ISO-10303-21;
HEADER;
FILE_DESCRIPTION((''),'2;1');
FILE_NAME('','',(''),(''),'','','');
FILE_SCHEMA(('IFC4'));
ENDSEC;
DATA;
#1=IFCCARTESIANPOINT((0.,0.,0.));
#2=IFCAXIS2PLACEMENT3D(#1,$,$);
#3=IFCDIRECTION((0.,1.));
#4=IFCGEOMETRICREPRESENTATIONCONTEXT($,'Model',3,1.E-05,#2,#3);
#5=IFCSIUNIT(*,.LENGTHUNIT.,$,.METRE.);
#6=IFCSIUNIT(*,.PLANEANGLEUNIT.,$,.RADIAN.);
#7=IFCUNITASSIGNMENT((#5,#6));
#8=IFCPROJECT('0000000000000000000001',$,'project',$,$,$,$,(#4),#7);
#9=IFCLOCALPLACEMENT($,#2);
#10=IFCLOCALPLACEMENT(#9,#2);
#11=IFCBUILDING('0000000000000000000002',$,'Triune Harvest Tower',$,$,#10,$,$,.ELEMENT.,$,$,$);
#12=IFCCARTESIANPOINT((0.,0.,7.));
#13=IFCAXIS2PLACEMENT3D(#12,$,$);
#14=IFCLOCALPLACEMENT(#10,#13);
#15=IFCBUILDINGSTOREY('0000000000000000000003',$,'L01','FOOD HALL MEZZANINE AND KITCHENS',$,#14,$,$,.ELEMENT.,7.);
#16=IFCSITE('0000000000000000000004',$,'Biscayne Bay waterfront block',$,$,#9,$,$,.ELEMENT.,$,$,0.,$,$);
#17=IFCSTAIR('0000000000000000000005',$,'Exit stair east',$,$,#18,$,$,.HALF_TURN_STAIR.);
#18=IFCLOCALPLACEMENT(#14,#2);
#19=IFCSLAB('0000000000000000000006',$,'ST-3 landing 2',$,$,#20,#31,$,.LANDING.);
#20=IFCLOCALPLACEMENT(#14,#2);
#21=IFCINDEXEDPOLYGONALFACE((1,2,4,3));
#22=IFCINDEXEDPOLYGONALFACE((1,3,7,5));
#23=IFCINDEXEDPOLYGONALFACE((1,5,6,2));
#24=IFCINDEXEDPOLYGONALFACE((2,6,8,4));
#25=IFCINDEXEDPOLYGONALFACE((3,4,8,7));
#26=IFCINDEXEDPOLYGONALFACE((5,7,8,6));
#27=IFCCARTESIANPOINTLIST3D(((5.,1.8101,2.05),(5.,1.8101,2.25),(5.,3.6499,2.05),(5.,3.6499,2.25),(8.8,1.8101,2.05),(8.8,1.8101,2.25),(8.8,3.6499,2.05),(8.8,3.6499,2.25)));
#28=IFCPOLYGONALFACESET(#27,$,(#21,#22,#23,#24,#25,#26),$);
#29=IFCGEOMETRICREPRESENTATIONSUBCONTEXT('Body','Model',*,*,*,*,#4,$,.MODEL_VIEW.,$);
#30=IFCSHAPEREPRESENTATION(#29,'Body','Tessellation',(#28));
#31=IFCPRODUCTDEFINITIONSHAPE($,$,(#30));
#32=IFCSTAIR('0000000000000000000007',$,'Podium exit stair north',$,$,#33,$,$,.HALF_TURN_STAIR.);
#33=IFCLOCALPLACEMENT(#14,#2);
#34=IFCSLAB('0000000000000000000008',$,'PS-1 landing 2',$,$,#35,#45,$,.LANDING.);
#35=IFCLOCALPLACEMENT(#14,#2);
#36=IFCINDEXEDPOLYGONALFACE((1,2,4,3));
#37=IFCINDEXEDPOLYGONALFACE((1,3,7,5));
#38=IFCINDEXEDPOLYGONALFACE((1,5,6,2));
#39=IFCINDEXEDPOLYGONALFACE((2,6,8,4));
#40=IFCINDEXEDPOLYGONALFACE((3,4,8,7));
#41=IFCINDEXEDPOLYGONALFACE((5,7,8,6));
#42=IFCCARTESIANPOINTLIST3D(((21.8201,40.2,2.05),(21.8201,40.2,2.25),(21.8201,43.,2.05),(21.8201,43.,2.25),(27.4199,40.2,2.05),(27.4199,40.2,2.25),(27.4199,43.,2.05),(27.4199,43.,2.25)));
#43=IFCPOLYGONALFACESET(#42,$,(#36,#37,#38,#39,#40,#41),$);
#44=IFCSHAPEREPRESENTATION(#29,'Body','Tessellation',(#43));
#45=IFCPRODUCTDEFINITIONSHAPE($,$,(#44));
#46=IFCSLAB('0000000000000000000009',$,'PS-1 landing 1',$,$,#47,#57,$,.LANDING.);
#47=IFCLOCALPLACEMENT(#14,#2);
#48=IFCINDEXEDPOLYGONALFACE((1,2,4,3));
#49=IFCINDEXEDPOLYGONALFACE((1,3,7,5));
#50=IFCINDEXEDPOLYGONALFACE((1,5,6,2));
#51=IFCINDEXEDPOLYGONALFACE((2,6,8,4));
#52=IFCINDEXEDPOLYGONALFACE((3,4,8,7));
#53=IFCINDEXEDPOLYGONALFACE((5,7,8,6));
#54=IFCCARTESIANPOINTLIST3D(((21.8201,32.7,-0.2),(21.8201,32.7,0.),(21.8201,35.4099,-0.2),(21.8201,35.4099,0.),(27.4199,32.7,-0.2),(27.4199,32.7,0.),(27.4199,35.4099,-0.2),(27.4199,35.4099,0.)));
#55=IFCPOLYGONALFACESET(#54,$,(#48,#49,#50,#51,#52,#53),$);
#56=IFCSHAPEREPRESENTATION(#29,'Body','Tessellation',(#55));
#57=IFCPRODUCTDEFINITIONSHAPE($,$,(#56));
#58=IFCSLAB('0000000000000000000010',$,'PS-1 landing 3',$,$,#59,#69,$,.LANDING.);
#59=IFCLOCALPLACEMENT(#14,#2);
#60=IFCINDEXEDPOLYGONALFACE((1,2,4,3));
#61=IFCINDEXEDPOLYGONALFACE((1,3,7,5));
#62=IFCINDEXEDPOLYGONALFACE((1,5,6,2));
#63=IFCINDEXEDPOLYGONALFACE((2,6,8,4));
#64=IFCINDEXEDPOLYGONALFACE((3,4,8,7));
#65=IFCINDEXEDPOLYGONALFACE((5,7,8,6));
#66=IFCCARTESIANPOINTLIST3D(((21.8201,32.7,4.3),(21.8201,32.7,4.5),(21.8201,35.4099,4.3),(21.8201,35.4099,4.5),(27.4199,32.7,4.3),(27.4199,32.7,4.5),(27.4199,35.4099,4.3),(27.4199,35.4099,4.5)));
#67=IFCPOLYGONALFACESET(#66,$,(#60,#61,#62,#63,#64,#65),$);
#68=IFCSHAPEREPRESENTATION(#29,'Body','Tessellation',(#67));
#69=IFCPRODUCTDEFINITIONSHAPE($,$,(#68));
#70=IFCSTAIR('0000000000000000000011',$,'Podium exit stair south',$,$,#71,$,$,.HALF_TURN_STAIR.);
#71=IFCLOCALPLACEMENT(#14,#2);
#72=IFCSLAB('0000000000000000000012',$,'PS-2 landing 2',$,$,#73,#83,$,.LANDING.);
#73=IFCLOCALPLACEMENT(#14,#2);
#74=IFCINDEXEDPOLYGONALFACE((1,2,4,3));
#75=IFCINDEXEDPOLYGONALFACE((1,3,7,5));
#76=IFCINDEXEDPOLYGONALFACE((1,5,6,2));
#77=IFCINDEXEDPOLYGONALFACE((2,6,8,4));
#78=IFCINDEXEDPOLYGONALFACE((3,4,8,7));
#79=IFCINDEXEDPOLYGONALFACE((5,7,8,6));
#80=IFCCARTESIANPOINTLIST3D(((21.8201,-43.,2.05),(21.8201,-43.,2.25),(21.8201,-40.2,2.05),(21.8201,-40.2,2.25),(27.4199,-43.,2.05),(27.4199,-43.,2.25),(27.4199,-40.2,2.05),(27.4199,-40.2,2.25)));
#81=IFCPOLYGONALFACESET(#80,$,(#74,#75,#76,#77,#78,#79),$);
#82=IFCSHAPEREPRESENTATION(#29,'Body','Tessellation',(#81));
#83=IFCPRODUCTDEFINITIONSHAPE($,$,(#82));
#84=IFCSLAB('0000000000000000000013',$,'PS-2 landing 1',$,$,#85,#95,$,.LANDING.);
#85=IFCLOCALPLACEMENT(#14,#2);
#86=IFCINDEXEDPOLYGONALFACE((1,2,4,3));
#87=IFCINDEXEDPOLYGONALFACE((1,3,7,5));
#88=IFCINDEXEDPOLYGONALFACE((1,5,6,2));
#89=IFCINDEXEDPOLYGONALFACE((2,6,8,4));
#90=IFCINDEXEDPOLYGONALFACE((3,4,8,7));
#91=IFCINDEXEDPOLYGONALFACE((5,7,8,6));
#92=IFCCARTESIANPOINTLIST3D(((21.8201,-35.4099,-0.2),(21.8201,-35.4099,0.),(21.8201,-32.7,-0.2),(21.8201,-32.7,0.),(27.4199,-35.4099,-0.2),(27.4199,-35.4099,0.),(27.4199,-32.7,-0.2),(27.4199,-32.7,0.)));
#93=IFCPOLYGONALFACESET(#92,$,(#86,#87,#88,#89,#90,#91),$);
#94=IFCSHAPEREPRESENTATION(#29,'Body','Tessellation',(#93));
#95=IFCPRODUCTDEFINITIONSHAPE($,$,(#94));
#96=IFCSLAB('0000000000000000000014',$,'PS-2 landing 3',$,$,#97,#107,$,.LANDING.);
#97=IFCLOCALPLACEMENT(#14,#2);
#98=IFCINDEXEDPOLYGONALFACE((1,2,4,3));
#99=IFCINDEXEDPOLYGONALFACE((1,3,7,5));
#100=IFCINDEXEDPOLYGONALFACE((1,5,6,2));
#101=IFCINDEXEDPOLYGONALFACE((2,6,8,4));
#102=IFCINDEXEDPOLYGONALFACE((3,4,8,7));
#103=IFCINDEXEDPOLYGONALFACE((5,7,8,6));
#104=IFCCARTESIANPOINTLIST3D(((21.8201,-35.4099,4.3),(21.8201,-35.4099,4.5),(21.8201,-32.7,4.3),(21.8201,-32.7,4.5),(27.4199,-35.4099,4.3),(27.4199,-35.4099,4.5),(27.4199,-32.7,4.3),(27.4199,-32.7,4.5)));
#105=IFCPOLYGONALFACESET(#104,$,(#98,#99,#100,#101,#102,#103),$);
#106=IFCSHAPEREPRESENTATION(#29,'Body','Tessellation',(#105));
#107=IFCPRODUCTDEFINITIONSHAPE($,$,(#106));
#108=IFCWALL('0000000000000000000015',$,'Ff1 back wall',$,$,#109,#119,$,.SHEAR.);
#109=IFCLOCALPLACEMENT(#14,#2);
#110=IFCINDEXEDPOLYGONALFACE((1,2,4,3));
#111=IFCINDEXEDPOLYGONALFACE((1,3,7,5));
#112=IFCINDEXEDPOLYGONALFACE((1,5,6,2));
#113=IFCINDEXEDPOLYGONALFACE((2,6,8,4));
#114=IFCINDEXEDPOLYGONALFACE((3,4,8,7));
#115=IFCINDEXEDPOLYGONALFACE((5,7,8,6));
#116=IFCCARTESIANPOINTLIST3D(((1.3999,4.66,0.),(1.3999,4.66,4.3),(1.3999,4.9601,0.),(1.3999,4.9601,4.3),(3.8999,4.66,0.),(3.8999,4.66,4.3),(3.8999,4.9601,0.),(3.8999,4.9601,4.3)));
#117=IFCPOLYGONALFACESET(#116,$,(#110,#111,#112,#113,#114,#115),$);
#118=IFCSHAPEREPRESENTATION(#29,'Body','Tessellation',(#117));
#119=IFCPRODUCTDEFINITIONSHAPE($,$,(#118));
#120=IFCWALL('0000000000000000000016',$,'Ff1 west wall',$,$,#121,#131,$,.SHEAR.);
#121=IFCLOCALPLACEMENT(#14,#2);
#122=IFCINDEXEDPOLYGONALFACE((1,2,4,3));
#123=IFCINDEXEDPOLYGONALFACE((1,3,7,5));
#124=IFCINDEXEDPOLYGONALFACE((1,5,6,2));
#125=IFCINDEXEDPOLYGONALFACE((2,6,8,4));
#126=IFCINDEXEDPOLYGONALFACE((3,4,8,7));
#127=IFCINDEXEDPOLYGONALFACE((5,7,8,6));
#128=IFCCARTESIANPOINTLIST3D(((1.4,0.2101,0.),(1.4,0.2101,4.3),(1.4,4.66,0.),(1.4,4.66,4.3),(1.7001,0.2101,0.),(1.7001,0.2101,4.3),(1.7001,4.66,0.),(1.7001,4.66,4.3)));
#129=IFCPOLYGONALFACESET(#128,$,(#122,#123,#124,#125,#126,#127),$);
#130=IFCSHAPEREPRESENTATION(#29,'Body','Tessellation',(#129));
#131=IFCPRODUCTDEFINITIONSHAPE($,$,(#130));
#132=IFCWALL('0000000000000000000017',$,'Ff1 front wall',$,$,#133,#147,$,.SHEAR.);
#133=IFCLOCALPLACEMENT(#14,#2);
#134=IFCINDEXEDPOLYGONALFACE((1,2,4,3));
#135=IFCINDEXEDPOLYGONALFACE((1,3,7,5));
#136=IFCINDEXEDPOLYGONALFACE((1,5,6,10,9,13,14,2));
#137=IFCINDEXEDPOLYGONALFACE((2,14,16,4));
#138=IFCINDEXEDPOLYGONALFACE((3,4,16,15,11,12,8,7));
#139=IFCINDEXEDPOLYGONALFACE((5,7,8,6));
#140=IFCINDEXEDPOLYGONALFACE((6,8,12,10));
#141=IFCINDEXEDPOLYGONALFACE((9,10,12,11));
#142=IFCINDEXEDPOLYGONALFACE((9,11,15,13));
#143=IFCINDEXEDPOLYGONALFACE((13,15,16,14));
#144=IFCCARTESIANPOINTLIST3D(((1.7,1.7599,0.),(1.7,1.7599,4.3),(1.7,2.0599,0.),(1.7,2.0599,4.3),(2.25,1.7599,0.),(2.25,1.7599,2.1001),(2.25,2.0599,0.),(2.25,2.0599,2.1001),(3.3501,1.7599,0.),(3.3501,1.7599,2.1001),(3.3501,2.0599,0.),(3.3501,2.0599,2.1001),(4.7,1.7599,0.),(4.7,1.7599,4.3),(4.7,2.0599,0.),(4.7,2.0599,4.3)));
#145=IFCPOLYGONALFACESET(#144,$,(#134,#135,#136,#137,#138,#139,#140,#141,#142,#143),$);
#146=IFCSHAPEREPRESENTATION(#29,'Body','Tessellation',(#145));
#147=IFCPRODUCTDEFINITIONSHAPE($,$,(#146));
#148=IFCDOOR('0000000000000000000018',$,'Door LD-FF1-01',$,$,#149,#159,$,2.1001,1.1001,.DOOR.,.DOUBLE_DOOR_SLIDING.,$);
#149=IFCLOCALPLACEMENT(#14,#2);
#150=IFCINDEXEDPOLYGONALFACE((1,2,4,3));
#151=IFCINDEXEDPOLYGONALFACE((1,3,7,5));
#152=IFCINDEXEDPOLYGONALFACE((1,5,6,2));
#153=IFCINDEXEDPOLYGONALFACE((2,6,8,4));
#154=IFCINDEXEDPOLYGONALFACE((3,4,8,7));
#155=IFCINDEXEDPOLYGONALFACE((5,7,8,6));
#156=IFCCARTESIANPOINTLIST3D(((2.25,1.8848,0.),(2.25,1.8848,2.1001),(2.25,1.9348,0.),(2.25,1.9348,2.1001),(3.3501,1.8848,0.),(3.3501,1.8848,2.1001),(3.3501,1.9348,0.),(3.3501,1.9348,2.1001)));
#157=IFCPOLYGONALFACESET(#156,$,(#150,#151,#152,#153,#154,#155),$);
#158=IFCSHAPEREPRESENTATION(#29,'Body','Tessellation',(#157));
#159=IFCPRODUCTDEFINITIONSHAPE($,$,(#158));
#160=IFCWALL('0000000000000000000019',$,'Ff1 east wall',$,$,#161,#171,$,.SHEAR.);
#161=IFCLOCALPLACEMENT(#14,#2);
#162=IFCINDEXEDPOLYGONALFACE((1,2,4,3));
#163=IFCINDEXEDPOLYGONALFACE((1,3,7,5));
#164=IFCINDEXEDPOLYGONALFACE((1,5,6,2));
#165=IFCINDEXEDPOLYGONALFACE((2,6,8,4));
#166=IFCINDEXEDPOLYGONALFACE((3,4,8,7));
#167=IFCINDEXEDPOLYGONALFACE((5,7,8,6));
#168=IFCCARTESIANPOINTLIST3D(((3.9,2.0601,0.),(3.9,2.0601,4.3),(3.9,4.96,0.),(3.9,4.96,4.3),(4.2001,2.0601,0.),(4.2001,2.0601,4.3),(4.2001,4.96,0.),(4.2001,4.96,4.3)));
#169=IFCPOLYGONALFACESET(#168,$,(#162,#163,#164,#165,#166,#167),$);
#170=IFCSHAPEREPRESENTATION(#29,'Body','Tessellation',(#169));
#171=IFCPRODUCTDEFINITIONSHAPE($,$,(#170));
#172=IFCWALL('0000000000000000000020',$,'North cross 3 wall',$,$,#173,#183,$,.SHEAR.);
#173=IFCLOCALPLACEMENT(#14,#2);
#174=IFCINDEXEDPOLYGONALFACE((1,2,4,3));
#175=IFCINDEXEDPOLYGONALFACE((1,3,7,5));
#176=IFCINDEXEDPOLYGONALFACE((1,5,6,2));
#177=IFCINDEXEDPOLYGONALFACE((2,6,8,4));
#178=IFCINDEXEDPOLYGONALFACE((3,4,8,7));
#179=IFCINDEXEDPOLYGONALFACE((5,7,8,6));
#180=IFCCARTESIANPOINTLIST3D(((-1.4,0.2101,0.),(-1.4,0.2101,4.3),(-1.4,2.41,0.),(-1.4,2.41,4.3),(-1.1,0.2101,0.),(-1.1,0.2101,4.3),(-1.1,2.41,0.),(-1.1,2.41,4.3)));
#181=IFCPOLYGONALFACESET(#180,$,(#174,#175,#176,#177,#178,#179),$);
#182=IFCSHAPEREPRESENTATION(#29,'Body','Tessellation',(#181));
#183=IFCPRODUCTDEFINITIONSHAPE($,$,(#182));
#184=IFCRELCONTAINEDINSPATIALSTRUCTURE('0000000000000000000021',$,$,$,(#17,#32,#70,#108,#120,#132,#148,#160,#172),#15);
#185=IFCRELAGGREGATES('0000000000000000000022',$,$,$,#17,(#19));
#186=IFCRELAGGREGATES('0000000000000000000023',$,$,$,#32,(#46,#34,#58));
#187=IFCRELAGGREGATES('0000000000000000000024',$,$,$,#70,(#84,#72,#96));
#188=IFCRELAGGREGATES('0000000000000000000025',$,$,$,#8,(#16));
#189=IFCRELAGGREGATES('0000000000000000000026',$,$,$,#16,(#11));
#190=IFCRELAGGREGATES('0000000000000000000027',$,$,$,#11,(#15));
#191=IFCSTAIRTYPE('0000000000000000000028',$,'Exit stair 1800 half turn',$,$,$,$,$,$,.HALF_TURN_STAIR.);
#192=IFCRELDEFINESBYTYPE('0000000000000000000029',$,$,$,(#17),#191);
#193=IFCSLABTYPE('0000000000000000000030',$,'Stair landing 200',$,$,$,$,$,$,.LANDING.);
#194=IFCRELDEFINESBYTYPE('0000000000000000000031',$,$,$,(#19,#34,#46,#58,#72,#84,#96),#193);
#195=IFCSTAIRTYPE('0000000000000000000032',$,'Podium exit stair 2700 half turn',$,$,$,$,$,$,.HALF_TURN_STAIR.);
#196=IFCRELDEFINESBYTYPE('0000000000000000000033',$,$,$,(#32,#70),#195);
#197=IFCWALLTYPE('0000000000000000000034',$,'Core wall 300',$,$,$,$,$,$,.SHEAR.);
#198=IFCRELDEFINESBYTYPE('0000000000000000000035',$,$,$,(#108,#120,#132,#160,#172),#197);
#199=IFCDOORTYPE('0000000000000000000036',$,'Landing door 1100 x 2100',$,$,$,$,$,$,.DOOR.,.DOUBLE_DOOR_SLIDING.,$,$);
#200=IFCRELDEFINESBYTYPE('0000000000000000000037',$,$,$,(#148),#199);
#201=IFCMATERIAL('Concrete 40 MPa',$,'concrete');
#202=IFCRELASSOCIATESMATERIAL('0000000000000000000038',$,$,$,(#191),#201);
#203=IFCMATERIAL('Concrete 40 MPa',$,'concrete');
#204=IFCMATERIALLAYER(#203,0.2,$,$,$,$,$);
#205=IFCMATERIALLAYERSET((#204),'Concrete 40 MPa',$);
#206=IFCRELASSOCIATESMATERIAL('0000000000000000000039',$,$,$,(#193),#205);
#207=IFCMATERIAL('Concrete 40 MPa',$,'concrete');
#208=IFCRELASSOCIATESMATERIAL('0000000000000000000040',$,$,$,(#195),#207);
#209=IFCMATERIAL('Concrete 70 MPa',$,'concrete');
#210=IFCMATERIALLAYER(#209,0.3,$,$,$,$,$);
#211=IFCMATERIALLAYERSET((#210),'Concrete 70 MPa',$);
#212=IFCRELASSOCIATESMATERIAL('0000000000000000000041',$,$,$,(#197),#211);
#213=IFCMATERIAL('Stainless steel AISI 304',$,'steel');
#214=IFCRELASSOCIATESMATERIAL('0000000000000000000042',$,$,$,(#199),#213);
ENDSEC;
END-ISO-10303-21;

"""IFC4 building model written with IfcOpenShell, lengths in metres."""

from ifc_helpers import new_model, si_unit, direction, frame, frame_2d, origin, place, context, subcontext, project, spatial, polyline, rectangle, outline, extrude, source, transform, mapped, material, layer, layer_set, type_object, element, fill, aggregate, save


model = new_model("IFC4")

# Units and contexts
model_context = context("Model", 3, precision=1e-05, world=origin(), true_north=direction((0.0, 1.0)))
body_context = subcontext(model_context, "Body", "Model", "MODEL_VIEW")
ifc_project = project(units=[si_unit("LENGTHUNIT", "METRE"), si_unit("PLANEANGLEUNIT", "RADIAN")], contexts=[model_context])

# Site, building, storey
site_placement = place(None, origin())
site = spatial("IfcSite", under=ifc_project, at=site_placement, Name="Biscayne Bay waterfront block", CompositionType="ELEMENT", RefElevation=0.0)
building_placement = place(site_placement, origin())
building = spatial("IfcBuilding", under=site, at=building_placement, Name="Triune Harvest Tower", CompositionType="ELEMENT")
storey_placement = place(building_placement, frame((0.0, 0.0, 7.0)))
storey = spatial("IfcBuildingStorey", under=building, at=storey_placement, Name="L01", Description="FOOD HALL MEZZANINE AND KITCHENS", CompositionType="ELEMENT", Elevation=7.0)

# Stair, slab
ifc_material_1 = material(Name="Concrete 40 MPa", Category="concrete")
stair_type_1 = type_object("IfcStairType", Name="Exit stair 1800 half turn", PredefinedType="HALF_TURN_STAIR", material=ifc_material_1)
stair_1_placement = place(storey_placement, origin())
stair_1 = element("IfcStair", 1, at=stair_1_placement, inside=storey, type_object=stair_type_1, Name="Exit stair east", PredefinedType="HALF_TURN_STAIR")
ifc_material_2 = material(Name="Concrete 40 MPa", Category="concrete")
ifc_layer_1 = layer(ifc_material_2, 0.2)
ifc_layer_set_1 = layer_set([ifc_layer_1], Name="Concrete 40 MPa")
slab_type = type_object("IfcSlabType", Name="Stair landing 200", PredefinedType="LANDING", material=ifc_layer_set_1)
shared_shape_1 = source(origin(), body_context, "Body", "SweptSolid", [
    extrude(outline(polyline([(8.8, 1.8101), (8.8, 3.6499), (5.0, 3.6499), (5.0, 1.8101), (8.8, 1.8101)])), origin(), (0.0, 0.0, 1.0), 0.2),
])
slab_1_placement = place(storey_placement, frame((0.0, 0.0, 2.05)))
slab_1 = element("IfcSlab", 2, at=slab_1_placement, type_object=slab_type, Name="ST-3 landing 2", PredefinedType="LANDING", context=body_context, shape_type="MappedRepresentation", body=[
    mapped(shared_shape_1, transform((0.0, 0.0, 0.0), scale=1.0)),
])
aggregate(stair_1, [slab_1])

# Stairs, slabs
ifc_material_3 = material(Name="Concrete 40 MPa", Category="concrete")
stair_type_2 = type_object("IfcStairType", Name="Podium exit stair 2700 half turn", PredefinedType="HALF_TURN_STAIR", material=ifc_material_3)
stair_2_placement = place(storey_placement, origin())
stair_2 = element("IfcStair", 3, at=stair_2_placement, inside=storey, type_object=stair_type_2, Name="Podium exit stair north", PredefinedType="HALF_TURN_STAIR")
shared_shape_2 = source(origin(), body_context, "Body", "SweptSolid", [
    extrude(outline(polyline([(27.4199, 40.2), (27.4199, 43.0), (21.8201, 43.0), (21.8201, 40.2), (27.4199, 40.2)])), origin(), (0.0, 0.0, 1.0), 0.2),
])
slab_2_placement = place(storey_placement, frame((0.0, 0.0, 2.05)))
slab_2 = element("IfcSlab", 4, at=slab_2_placement, type_object=slab_type, Name="PS-1 landing 2", PredefinedType="LANDING", context=body_context, shape_type="MappedRepresentation", body=[
    mapped(shared_shape_2, transform((0.0, 0.0, 0.0), scale=1.0)),
])
shared_shape_3 = source(origin(), body_context, "Body", "SweptSolid", [
    extrude(outline(polyline([(27.4199, 32.7), (27.4199, 35.4099), (21.8201, 35.4099), (21.8201, 32.7), (27.4199, 32.7)])), origin(), (0.0, 0.0, 1.0), 0.2),
])
slab_3_placement = place(storey_placement, frame((0.0, 0.0, -0.2)))
slab_3 = element("IfcSlab", 5, at=slab_3_placement, type_object=slab_type, Name="PS-1 landing 1", PredefinedType="LANDING", context=body_context, shape_type="MappedRepresentation", body=[
    mapped(shared_shape_3, transform((0.0, 0.0, 0.0), scale=1.0)),
])
slab_4_placement = place(storey_placement, frame((0.0, 0.0, 4.3)))
slab_4 = element("IfcSlab", 6, at=slab_4_placement, type_object=slab_type, Name="PS-1 landing 3", PredefinedType="LANDING", context=body_context, shape_type="MappedRepresentation", body=[
    mapped(shared_shape_3, transform((0.0, 0.0, 0.0), scale=1.0)),
])
aggregate(stair_2, [slab_3, slab_2, slab_4])
stair_3_placement = place(storey_placement, origin())
stair_3 = element("IfcStair", 7, at=stair_3_placement, inside=storey, type_object=stair_type_2, Name="Podium exit stair south", PredefinedType="HALF_TURN_STAIR")
shared_shape_4 = source(origin(), body_context, "Body", "SweptSolid", [
    extrude(outline(polyline([(21.8201, -40.2), (21.8201, -43.0), (27.4199, -43.0), (27.4199, -40.2), (21.8201, -40.2)])), origin(), (0.0, 0.0, 1.0), 0.2),
])
slab_5_placement = place(storey_placement, frame((0.0, 0.0, 2.05)))
slab_5 = element("IfcSlab", 8, at=slab_5_placement, type_object=slab_type, Name="PS-2 landing 2", PredefinedType="LANDING", context=body_context, shape_type="MappedRepresentation", body=[
    mapped(shared_shape_4, transform((0.0, 0.0, 0.0), scale=1.0)),
])
shared_shape_5 = source(origin(), body_context, "Body", "SweptSolid", [
    extrude(outline(polyline([(21.8201, -32.7), (21.8201, -35.4099), (27.4199, -35.4099), (27.4199, -32.7), (21.8201, -32.7)])), origin(), (0.0, 0.0, 1.0), 0.2),
])
slab_6_placement = place(storey_placement, frame((0.0, 0.0, -0.2)))
slab_6 = element("IfcSlab", 9, at=slab_6_placement, type_object=slab_type, Name="PS-2 landing 1", PredefinedType="LANDING", context=body_context, shape_type="MappedRepresentation", body=[
    mapped(shared_shape_5, transform((0.0, 0.0, 0.0), scale=1.0)),
])
slab_7_placement = place(storey_placement, frame((0.0, 0.0, 4.3)))
slab_7 = element("IfcSlab", 10, at=slab_7_placement, type_object=slab_type, Name="PS-2 landing 3", PredefinedType="LANDING", context=body_context, shape_type="MappedRepresentation", body=[
    mapped(shared_shape_5, transform((0.0, 0.0, 0.0), scale=1.0)),
])
aggregate(stair_3, [slab_6, slab_5, slab_7])

# Walls
ifc_material_4 = material(Name="Concrete 70 MPa", Category="concrete")
ifc_layer_2 = layer(ifc_material_4, 0.3)
ifc_layer_set_2 = layer_set([ifc_layer_2], Name="Concrete 70 MPa")
wall_type_1 = type_object("IfcWallType", Name="Core wall 300", PredefinedType="SHEAR", material=ifc_layer_set_2)
shared_shape_6 = source(origin(), body_context, "Body", "SweptSolid", [
    extrude(rectangle(XDim=2.5, YDim=0.3, at=frame_2d((1.25, 0.0))), origin(), (0.0, 0.0, 1.0), 4.3),
])
wall_1_placement = place(storey_placement, frame((1.3999, 4.8101, 0.0), z_axis=(0.0, 0.0, 1.0), x_axis=(1.0, 0.0, 0.0)))
element("IfcWall", 11, at=wall_1_placement, inside=storey, type_object=wall_type_1, Name="Ff1 back wall", PredefinedType="SHEAR", context=body_context, shape_type="MappedRepresentation", body=[
    mapped(shared_shape_6, transform((0.0, 0.0, 0.0), scale=1.0)),
])
shared_shape_7 = source(origin(), body_context, "Body", "SweptSolid", [
    extrude(rectangle(XDim=4.45, YDim=0.3, at=frame_2d((2.2251, 0.0))), origin(), (0.0, 0.0, 1.0), 4.3),
])
wall_2_placement = place(storey_placement, frame((1.55, 0.21, 0.0), z_axis=(0.0, 0.0, 1.0), x_axis=(0.0, 1.0, 0.0)))
element("IfcWall", 12, at=wall_2_placement, inside=storey, type_object=wall_type_1, Name="Ff1 west wall", PredefinedType="SHEAR", context=body_context, shape_type="MappedRepresentation", body=[
    mapped(shared_shape_7, transform((0.0, 0.0, 0.0), scale=1.0)),
])

# Wall, opening, door
shared_shape_8 = source(origin(), body_context, "Body", "SweptSolid", [
    extrude(rectangle(XDim=3.0, YDim=0.3, at=frame_2d((1.5, 0.0))), origin(), (0.0, 0.0, 1.0), 4.3),
])
wall_3_placement = place(storey_placement, frame((1.7, 1.9099, 0.0), z_axis=(0.0, 0.0, 1.0), x_axis=(1.0, 0.0, 0.0)))
wall_3 = element("IfcWall", 13, at=wall_3_placement, inside=storey, type_object=wall_type_1, Name="Ff1 front wall", PredefinedType="SHEAR", context=body_context, shape_type="MappedRepresentation", body=[
    mapped(shared_shape_8, transform((0.0, 0.0, 0.0), scale=1.0)),
])
opening_1_placement = place(wall_3_placement, frame((0.55, 0.0, 0.0)))
opening_1 = element("IfcOpeningElement", 14, at=opening_1_placement, cuts=wall_3, PredefinedType="OPENING", context=body_context, shape_type="SweptSolid", body=[
    extrude(rectangle(XDim=1.1001, YDim=2.1001, at=frame_2d((0.55, 1.05))), frame((0.0, 0.1602, 0.0), z_axis=(0.0, -1.0, 0.0), x_axis=(1.0, 0.0, 0.0)), (0.0, 0.0, 1.0), 0.3201),
])
ifc_material_5 = material(Name="Stainless steel AISI 304", Category="steel")
door_type_1 = type_object("IfcDoorType", Name="Landing door 1100 x 2100", OperationType="DOUBLE_DOOR_SLIDING", PredefinedType="DOOR", material=ifc_material_5)
door_1_placement = place(opening_1_placement, origin())
door_1 = element("IfcDoor", 15, at=door_1_placement, inside=storey, type_object=door_type_1, Name="Door LD-FF1-01", OperationType="DOUBLE_DOOR_SLIDING", OverallHeight=2.1001, OverallWidth=1.1001, PredefinedType="DOOR", context=body_context, shape_type="SweptSolid", body=[
    extrude(rectangle(XDim=1.1001, YDim=2.1001, at=frame_2d((0.55, 1.05))), frame((0.0, 0.0249, 0.0), z_axis=(0.0, -1.0, 0.0), x_axis=(1.0, 0.0, 0.0)), (0.0, 0.0, 1.0), 0.05),
])
fill(opening_1, door_1)

# Walls
shared_shape_9 = source(origin(), body_context, "Body", "SweptSolid", [
    extrude(rectangle(XDim=2.8999, YDim=0.3, at=frame_2d((1.45, 0.0))), origin(), (0.0, 0.0, 1.0), 4.3),
])
wall_4_placement = place(storey_placement, frame((4.05, 2.0601, 0.0), z_axis=(0.0, 0.0, 1.0), x_axis=(0.0, 1.0, 0.0)))
element("IfcWall", 16, at=wall_4_placement, inside=storey, type_object=wall_type_1, Name="Ff1 east wall", PredefinedType="SHEAR", context=body_context, shape_type="MappedRepresentation", body=[
    mapped(shared_shape_9, transform((0.0, 0.0, 0.0), scale=1.0)),
])
shared_shape_10 = source(origin(), body_context, "Body", "SweptSolid", [
    extrude(rectangle(XDim=2.2, YDim=0.3, at=frame_2d((1.1001, 0.0))), origin(), (0.0, 0.0, 1.0), 4.3),
])
wall_5_placement = place(storey_placement, frame((-1.25, 0.21, 0.0), z_axis=(0.0, 0.0, 1.0), x_axis=(0.0, 1.0, 0.0)))
element("IfcWall", 17, at=wall_5_placement, inside=storey, type_object=wall_type_1, Name="North cross 3 wall", PredefinedType="SHEAR", context=body_context, shape_type="MappedRepresentation", body=[
    mapped(shared_shape_10, transform((0.0, 0.0, 0.0), scale=1.0)),
])

save(model, "model.ifc")
